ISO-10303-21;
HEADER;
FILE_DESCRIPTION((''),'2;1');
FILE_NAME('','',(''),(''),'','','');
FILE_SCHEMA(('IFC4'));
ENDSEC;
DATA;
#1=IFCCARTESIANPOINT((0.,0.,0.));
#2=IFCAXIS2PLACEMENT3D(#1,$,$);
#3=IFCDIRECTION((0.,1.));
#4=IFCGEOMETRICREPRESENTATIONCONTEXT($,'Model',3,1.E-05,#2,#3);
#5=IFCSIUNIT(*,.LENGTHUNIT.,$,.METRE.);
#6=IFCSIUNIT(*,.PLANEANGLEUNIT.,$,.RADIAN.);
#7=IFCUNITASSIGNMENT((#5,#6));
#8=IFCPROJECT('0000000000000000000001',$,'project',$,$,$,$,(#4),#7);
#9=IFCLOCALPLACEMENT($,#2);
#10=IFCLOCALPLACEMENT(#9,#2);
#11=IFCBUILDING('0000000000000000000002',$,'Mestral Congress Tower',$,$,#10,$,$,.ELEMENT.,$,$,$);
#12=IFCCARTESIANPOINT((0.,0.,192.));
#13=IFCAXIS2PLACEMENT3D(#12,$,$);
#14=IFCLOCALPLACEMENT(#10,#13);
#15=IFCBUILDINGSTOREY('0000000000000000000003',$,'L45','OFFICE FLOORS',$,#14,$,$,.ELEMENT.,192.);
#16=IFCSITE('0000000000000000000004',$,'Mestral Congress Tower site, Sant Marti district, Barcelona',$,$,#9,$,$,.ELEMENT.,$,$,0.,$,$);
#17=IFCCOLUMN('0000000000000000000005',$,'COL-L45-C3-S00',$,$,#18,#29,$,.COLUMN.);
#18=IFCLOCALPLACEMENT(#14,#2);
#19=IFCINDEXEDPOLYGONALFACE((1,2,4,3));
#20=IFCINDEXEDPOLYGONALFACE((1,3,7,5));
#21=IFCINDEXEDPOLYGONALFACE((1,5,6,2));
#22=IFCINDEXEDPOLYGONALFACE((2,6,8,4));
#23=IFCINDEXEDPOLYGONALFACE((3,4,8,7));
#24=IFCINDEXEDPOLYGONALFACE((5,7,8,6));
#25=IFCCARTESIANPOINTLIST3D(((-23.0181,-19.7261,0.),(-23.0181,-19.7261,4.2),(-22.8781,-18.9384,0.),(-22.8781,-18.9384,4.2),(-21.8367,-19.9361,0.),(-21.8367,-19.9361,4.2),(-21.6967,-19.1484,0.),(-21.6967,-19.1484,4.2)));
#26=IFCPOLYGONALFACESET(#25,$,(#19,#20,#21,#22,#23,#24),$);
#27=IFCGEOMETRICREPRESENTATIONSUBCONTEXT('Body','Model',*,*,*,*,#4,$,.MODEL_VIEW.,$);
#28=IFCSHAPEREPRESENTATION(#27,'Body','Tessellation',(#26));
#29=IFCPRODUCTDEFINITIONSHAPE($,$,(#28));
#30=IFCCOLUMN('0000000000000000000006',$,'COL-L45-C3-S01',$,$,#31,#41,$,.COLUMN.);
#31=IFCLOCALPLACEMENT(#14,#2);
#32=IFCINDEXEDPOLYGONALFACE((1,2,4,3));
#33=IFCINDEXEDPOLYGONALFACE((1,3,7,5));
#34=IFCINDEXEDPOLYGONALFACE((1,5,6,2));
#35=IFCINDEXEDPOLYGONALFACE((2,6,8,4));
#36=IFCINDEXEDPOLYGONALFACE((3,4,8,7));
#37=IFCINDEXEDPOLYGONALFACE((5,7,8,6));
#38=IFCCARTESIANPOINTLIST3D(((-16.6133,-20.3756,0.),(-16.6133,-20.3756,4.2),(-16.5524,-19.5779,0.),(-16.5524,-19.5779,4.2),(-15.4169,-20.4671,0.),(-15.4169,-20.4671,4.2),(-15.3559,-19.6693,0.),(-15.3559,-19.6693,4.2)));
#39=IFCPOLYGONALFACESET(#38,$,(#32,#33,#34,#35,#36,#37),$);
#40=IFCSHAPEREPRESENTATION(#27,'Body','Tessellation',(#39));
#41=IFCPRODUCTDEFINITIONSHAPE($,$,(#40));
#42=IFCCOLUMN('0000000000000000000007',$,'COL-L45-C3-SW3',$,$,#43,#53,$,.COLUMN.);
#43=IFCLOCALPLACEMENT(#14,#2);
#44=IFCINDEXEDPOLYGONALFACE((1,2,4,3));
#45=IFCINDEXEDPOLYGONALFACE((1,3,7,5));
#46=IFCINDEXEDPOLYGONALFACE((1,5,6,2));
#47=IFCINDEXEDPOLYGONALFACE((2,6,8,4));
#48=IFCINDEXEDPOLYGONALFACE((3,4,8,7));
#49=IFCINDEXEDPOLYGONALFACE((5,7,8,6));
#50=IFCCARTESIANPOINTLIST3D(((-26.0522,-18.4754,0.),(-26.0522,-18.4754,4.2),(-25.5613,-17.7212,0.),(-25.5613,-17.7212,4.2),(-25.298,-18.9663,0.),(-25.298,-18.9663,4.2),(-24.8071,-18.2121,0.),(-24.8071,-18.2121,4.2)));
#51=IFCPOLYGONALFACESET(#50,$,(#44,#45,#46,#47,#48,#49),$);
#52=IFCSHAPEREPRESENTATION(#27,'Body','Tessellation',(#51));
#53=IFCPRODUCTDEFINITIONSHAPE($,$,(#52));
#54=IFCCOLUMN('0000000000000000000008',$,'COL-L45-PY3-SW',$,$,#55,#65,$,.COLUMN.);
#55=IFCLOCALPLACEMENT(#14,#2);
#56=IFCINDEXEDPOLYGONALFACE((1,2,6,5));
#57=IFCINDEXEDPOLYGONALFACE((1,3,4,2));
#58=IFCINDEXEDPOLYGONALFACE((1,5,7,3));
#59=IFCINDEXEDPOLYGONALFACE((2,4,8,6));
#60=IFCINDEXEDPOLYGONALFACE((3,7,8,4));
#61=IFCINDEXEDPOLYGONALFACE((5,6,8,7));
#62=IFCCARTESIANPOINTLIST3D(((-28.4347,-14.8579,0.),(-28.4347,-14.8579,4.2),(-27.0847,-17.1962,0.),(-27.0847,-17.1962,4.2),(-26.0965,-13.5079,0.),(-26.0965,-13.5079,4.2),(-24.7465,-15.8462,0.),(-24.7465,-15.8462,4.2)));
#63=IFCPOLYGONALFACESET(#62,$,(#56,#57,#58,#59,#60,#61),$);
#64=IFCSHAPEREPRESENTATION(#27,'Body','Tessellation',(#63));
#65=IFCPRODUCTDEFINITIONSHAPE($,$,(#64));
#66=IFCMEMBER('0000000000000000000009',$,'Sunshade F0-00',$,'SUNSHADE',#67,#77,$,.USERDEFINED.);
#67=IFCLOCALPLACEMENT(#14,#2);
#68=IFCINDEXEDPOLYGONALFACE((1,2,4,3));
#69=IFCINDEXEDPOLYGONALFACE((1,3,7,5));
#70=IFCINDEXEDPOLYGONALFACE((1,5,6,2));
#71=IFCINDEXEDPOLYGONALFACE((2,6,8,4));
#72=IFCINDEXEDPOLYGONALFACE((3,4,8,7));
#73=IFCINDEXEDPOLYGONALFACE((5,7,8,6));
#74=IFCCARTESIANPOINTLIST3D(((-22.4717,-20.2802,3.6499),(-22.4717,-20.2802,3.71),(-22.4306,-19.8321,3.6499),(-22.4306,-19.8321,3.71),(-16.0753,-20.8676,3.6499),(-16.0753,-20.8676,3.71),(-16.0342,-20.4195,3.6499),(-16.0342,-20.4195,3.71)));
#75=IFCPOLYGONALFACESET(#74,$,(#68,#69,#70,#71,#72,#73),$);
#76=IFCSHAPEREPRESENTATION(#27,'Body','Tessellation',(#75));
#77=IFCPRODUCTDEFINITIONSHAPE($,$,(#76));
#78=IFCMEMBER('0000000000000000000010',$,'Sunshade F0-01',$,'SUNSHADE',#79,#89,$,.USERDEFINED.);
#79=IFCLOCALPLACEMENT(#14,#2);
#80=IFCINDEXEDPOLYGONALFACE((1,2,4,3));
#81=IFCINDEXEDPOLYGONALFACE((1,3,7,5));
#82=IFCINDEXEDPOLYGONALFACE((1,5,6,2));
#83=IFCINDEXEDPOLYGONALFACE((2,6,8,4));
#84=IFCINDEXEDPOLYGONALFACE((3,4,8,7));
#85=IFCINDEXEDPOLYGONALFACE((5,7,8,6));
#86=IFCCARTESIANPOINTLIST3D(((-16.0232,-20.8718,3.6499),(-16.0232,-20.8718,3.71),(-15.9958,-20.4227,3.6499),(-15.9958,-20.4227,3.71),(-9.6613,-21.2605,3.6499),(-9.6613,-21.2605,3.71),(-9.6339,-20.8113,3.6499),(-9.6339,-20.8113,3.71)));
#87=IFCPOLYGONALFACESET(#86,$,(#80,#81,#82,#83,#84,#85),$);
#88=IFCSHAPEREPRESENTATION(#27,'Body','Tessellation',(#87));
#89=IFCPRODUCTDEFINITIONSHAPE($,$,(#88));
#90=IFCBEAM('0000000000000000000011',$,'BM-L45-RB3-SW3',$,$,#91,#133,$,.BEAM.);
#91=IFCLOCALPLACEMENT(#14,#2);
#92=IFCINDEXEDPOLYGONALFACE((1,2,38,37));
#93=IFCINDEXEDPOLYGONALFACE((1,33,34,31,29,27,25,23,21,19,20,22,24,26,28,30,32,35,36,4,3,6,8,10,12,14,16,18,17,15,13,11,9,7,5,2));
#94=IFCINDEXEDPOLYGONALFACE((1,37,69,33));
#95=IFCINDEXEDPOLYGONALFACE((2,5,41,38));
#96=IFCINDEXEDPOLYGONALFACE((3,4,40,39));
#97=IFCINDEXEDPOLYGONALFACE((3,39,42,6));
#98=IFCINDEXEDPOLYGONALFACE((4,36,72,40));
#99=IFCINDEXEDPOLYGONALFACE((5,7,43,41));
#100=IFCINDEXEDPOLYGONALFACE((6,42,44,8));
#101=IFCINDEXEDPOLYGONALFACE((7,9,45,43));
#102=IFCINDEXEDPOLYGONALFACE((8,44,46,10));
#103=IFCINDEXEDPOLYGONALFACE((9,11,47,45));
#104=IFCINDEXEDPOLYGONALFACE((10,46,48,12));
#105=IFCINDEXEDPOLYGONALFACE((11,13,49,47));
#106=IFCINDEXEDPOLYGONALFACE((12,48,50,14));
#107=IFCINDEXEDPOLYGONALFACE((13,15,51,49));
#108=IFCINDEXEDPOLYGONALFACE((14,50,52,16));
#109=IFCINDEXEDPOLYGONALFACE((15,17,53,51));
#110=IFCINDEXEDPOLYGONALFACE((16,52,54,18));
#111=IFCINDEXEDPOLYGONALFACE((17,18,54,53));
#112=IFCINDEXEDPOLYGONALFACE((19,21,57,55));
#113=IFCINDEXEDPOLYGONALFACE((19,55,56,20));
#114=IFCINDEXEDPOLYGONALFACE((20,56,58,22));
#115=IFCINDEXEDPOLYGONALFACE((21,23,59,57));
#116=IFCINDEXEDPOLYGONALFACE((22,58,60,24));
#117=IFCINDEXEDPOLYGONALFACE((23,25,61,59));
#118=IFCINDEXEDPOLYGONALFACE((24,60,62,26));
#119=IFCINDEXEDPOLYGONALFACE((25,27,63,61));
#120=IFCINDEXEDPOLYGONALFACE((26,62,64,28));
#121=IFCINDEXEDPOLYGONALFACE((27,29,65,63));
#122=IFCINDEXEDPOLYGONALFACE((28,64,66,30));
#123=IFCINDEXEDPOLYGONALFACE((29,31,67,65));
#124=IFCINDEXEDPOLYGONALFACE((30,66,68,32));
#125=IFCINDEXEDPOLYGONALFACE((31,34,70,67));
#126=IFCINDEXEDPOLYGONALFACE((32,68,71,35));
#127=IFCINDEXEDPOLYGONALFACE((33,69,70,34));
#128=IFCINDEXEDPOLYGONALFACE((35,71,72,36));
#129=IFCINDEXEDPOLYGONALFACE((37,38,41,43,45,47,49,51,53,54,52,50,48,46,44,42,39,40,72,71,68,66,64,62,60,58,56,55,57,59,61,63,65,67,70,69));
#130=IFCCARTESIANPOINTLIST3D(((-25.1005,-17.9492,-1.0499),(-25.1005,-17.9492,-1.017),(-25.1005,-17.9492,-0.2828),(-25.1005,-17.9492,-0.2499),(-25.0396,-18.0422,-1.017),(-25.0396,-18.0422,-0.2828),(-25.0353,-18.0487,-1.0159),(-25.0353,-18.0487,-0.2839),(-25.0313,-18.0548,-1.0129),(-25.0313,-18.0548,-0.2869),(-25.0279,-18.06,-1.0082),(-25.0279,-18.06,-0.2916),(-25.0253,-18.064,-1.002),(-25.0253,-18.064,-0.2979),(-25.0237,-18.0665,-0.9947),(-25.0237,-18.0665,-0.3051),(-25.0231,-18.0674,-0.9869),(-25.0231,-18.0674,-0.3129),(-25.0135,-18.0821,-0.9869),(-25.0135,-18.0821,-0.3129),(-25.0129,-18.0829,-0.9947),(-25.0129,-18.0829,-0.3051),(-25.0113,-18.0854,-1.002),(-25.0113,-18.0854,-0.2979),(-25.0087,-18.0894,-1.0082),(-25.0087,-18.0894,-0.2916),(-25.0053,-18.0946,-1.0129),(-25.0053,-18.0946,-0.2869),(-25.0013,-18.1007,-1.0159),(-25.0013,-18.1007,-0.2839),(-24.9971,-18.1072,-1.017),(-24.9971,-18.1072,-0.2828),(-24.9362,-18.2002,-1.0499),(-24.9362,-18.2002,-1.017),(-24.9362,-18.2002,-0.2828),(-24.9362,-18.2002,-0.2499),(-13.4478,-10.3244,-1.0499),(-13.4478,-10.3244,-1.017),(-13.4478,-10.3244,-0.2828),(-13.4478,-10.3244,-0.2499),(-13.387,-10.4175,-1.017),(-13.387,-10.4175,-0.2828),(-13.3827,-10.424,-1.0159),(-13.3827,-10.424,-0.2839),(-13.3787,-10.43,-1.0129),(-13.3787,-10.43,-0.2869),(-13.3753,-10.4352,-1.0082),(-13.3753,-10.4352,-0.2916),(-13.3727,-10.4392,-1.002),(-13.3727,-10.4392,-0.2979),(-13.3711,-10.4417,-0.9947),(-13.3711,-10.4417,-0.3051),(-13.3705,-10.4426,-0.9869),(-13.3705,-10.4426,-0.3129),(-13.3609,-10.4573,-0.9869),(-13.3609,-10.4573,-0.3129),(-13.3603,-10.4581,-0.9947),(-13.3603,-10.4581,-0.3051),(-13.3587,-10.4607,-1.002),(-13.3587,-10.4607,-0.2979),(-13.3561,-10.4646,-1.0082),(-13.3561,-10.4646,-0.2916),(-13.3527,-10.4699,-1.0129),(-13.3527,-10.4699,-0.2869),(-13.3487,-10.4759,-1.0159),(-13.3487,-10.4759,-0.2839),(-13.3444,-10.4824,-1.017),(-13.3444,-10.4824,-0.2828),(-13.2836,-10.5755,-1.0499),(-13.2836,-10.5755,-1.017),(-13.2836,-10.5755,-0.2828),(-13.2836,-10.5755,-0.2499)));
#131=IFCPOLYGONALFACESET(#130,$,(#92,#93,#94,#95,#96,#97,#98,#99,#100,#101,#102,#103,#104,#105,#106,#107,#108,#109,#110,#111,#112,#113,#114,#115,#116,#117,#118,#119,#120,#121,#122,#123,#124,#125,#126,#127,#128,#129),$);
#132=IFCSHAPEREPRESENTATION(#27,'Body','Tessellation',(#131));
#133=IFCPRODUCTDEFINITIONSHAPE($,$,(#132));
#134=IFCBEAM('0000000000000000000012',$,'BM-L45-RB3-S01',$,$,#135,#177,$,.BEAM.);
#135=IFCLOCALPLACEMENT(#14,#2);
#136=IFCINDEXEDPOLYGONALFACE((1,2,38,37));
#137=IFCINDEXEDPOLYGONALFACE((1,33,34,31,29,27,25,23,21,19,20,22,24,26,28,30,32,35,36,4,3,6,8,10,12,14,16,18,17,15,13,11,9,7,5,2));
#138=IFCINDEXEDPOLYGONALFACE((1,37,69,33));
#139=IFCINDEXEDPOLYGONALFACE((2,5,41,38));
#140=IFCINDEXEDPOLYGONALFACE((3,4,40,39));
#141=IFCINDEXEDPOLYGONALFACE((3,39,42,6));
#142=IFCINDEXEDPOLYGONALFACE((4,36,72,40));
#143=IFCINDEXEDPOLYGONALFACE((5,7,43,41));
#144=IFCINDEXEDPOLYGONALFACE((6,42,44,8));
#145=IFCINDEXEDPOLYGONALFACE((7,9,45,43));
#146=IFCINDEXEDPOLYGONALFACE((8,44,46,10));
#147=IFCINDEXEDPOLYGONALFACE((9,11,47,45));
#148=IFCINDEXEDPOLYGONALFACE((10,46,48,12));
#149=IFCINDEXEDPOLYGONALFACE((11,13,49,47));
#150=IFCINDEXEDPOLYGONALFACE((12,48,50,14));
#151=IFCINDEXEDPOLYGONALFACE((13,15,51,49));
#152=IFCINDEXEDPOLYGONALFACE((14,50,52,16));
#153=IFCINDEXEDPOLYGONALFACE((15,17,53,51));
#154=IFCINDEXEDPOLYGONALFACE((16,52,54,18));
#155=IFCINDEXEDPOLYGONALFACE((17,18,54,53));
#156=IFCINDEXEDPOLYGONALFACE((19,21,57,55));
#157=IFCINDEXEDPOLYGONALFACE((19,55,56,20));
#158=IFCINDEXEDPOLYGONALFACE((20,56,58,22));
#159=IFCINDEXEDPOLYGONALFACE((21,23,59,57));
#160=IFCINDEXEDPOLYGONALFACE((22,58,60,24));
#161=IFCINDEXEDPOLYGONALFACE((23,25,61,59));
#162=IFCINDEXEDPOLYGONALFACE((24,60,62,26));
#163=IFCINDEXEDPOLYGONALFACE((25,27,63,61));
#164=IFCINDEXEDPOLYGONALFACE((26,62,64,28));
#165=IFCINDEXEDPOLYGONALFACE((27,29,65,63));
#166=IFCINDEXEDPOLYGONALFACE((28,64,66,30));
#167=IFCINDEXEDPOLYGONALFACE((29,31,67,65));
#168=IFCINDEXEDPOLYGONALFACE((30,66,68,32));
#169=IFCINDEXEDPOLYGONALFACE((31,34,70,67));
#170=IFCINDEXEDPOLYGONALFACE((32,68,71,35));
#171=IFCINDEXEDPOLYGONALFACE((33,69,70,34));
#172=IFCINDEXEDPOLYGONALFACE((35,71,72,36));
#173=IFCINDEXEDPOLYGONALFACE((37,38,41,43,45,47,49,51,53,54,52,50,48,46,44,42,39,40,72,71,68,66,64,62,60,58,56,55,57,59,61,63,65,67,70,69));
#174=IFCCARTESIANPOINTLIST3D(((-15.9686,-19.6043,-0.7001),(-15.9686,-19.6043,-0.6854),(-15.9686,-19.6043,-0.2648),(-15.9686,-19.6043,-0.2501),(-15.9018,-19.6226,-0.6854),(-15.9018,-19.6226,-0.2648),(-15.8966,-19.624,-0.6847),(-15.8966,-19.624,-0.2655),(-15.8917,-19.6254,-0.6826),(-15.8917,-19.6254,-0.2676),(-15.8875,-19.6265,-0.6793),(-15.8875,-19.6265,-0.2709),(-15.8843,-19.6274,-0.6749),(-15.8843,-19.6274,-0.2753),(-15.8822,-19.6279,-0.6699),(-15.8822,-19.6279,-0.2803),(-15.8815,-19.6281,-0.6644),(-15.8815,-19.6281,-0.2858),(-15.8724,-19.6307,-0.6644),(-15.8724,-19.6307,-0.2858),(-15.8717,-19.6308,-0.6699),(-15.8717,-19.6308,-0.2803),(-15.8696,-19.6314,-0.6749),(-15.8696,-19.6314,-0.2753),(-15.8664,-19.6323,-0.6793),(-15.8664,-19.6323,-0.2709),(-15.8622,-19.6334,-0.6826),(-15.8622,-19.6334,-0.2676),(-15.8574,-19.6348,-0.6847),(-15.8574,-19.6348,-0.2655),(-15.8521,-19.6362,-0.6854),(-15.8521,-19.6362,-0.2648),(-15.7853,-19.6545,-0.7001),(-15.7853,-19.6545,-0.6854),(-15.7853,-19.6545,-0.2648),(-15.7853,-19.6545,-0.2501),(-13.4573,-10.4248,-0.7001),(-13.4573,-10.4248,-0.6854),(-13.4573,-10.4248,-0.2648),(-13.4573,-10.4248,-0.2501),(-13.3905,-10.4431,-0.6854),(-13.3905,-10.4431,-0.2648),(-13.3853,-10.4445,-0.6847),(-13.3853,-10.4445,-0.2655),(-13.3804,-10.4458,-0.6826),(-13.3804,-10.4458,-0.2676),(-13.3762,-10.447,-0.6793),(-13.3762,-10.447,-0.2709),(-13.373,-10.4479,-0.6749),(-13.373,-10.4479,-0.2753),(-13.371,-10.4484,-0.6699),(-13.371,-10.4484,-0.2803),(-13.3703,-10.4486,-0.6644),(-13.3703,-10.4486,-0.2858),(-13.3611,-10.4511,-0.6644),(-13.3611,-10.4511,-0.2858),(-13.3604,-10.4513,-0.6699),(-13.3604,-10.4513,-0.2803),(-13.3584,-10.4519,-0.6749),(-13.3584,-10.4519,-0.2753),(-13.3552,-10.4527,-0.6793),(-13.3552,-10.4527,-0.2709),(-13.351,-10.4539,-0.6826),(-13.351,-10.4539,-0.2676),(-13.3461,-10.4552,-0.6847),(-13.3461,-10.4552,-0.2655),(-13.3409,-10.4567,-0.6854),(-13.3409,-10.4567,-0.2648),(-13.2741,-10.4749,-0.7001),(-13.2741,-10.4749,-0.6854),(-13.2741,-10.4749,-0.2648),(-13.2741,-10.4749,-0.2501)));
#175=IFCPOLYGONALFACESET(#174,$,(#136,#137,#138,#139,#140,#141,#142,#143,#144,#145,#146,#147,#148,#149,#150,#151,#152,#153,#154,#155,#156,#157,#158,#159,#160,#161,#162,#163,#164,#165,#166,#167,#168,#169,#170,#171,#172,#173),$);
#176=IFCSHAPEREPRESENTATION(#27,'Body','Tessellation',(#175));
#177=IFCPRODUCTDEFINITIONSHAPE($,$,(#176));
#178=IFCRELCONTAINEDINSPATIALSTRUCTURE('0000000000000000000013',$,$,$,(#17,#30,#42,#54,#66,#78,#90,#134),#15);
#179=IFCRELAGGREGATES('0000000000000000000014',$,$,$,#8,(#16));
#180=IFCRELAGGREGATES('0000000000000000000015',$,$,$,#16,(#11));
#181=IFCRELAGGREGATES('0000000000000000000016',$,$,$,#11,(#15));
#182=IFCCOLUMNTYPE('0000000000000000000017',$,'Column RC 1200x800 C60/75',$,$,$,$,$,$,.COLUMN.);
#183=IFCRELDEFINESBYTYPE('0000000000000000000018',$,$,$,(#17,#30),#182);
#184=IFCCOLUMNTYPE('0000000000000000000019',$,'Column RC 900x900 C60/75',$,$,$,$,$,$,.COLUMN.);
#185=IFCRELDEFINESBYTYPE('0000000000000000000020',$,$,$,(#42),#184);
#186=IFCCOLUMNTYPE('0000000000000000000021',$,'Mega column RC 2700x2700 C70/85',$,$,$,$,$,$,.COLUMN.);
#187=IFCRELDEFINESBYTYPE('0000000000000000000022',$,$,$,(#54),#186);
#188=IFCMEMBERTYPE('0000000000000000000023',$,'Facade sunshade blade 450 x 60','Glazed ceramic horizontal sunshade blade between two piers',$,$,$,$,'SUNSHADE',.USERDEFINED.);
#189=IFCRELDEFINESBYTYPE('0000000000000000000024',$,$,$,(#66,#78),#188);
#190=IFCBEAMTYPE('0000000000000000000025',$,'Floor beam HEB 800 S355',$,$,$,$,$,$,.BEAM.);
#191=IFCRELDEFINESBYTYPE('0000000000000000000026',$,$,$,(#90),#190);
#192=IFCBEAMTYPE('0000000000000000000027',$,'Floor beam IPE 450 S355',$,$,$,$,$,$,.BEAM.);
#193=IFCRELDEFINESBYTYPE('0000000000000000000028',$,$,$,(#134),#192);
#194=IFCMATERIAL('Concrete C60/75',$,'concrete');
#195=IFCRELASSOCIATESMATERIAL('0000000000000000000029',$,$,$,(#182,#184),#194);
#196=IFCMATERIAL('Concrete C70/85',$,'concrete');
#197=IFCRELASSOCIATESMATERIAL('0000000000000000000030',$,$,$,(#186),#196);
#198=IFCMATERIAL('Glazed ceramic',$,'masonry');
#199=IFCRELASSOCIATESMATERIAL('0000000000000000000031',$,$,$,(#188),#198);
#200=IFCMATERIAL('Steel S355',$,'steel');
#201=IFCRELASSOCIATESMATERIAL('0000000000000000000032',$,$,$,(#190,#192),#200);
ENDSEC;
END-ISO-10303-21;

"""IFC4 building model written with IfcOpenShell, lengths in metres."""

from ifc_helpers import new_model, si_unit, direction, frame, origin, origin_2d, place, context, subcontext, project, spatial, rectangle, i_section, extrude, material, material_profile, profile_set, type_object, element, save


model = new_model("IFC4")

# Units and contexts
model_context = context("Model", 3, precision=1e-05, world=origin(), true_north=direction((0.0, 1.0)))
body_context = subcontext(model_context, "Body", "Model", "MODEL_VIEW")
ifc_project = project(units=[si_unit("LENGTHUNIT", "METRE"), si_unit("PLANEANGLEUNIT", "RADIAN")], contexts=[model_context])

# Site, building, storey
site_placement = place(None, origin())
site = spatial("IfcSite", under=ifc_project, at=site_placement, Name="Mestral Congress Tower site, Sant Marti district, Barcelona", CompositionType="ELEMENT", RefElevation=0.0)
building_placement = place(site_placement, origin())
building = spatial("IfcBuilding", under=site, at=building_placement, Name="Mestral Congress Tower", CompositionType="ELEMENT")
storey_placement = place(building_placement, frame((0.0, 0.0, 192.0)))
storey = spatial("IfcBuildingStorey", under=building, at=storey_placement, Name="L45", Description="OFFICE FLOORS", CompositionType="ELEMENT", Elevation=192.0)

# Columns
ifc_material_1 = material(Name="Concrete C60/75", Category="concrete")
ifc_material_profile_1 = material_profile(ifc_material_1, rectangle(XDim=1.2, YDim=0.8, at=origin_2d()), Name="RC 1200x800")
ifc_profile_set_1 = profile_set([ifc_material_profile_1], Name="Concrete C60/75")
column_type_1 = type_object("IfcColumnType", Name="Column RC 1200x800 C60/75", PredefinedType="COLUMN", material=ifc_profile_set_1)
for number, where, z_axis, x_axis, name in (
    (1, (-22.3574, -19.4373, 0.0), (0.0, 0.0, 1.0), (0.984571, -0.174985, 0.0), "COL-L45-C3-S00"),
    (2, (-15.9846, -20.0225, 0.0), (0.0, 0.0, 1.0), (0.99709, -0.076237, 0.0), "COL-L45-C3-S01"),
):
    element("IfcColumn", number, at=place(storey_placement, frame(where, z_axis=z_axis, x_axis=x_axis)), inside=storey, type_object=column_type_1, Name=name, PredefinedType="COLUMN", context=body_context, shape_type="SweptSolid", body=[
        extrude(rectangle(XDim=1.2, YDim=0.8, at=origin_2d()), origin(), (0.0, 0.0, 1.0), 4.2),
    ])
ifc_material_profile_2 = material_profile(ifc_material_1, rectangle(XDim=0.8999, YDim=0.8999, at=origin_2d()), Name="RC 900x900")
ifc_profile_set_2 = profile_set([ifc_material_profile_2], Name="Concrete C60/75")
column_type_2 = type_object("IfcColumnType", Name="Column RC 900x900 C60/75", PredefinedType="COLUMN", material=ifc_profile_set_2)
column_1_placement = place(storey_placement, frame((-25.4297, -18.3438, 0.0), z_axis=(0.0, 0.0, 1.0), x_axis=(0.838094, -0.545526, 0.0)))
element("IfcColumn", 3, at=column_1_placement, inside=storey, type_object=column_type_2, Name="COL-L45-C3-SW3", PredefinedType="COLUMN", context=body_context, shape_type="SweptSolid", body=[
    extrude(rectangle(XDim=0.8999, YDim=0.8999, at=origin_2d()), origin(), (0.0, 0.0, 1.0), 4.2),
])
ifc_material_2 = material(Name="Concrete C70/85", Category="concrete")
ifc_material_profile_3 = material_profile(ifc_material_2, rectangle(XDim=2.7, YDim=2.7, at=origin_2d()), Name="RC 2700x2700")
ifc_profile_set_3 = profile_set([ifc_material_profile_3], Name="Concrete C70/85")
column_type_3 = type_object("IfcColumnType", Name="Mega column RC 2700x2700 C70/85", PredefinedType="COLUMN", material=ifc_profile_set_3)
column_2_placement = place(storey_placement, frame((-26.5906, -15.3521, 0.0), z_axis=(0.0, 0.0, 1.0), x_axis=(-0.866025, -0.5, 0.0)))
element("IfcColumn", 4, at=column_2_placement, inside=storey, type_object=column_type_3, Name="COL-L45-PY3-SW", PredefinedType="COLUMN", context=body_context, shape_type="SweptSolid", body=[
    extrude(rectangle(XDim=2.7, YDim=2.7, at=origin_2d()), origin(), (0.0, 0.0, 1.0), 4.2),
])

# Members
ifc_material_3 = material(Name="Glazed ceramic", Category="masonry")
ifc_material_profile_4 = material_profile(ifc_material_3, rectangle(XDim=0.45, YDim=0.0601, at=origin_2d()), Name="Ceramic blade 450 x 60")
ifc_profile_set_4 = profile_set([ifc_material_profile_4], Name="Glazed ceramic")
member_type = type_object("IfcMemberType", Name="Facade sunshade blade 450 x 60", Description="Glazed ceramic horizontal sunshade blade between two piers", ElementType="SUNSHADE", PredefinedType="USERDEFINED", material=ifc_profile_set_4)
member_1_placement = place(storey_placement, frame((-22.4512, -20.0562, 3.6799), z_axis=(0.99581, -0.091447, 0.0), x_axis=(0.091447, 0.99581, 0.0)))
element("IfcMember", 5, at=member_1_placement, inside=storey, type_object=member_type, Name="Sunshade F0-00", ObjectType="SUNSHADE", PredefinedType="USERDEFINED", context=body_context, shape_type="SweptSolid", body=[
    extrude(rectangle(XDim=0.45, YDim=0.0601, at=origin_2d()), origin(), (0.0, 0.0, 1.0), 6.4233),
])
member_2_placement = place(storey_placement, frame((-16.0095, -20.6472, 3.6799), z_axis=(0.998139, -0.060981, 0.0), x_axis=(0.060981, 0.998139, 0.0)))
element("IfcMember", 6, at=member_2_placement, inside=storey, type_object=member_type, Name="Sunshade F0-01", ObjectType="SUNSHADE", PredefinedType="USERDEFINED", context=body_context, shape_type="SweptSolid", body=[
    extrude(rectangle(XDim=0.45, YDim=0.0601, at=origin_2d()), origin(), (0.0, 0.0, 1.0), 6.3738),
])

# Beams
ifc_material_4 = material(Name="Steel S355", Category="steel")
ifc_material_profile_5 = material_profile(ifc_material_4, i_section(OverallWidth=0.3, OverallDepth=0.8, WebThickness=0.0176, FlangeThickness=0.033, FilletRadius=0.03, at=origin_2d()), Name="HEB 800")
ifc_profile_set_5 = profile_set([ifc_material_profile_5], Name="Steel S355")
beam_type_1 = type_object("IfcBeamType", Name="Floor beam HEB 800 S355", PredefinedType="BEAM", material=ifc_profile_set_5)
beam_1_placement = place(storey_placement, frame((-25.0183, -18.0747, -0.6499), z_axis=(0.83678, 0.547539, 0.0), x_axis=(-0.547539, 0.83678, 0.0)))
element("IfcBeam", 7, at=beam_1_placement, inside=storey, type_object=beam_type_1, Name="BM-L45-RB3-SW3", PredefinedType="BEAM", context=body_context, shape_type="SweptSolid", body=[
    extrude(i_section(OverallWidth=0.3, OverallDepth=0.8, WebThickness=0.0176, FlangeThickness=0.033, FilletRadius=0.03, at=origin_2d()), origin(), (0.0, 0.0, 1.0), 13.9255),
])
ifc_material_profile_6 = material_profile(ifc_material_4, i_section(OverallWidth=0.1899, OverallDepth=0.45, WebThickness=0.0095, FlangeThickness=0.0146, FilletRadius=0.021, at=origin_2d()), Name="IPE 450")
ifc_profile_set_6 = profile_set([ifc_material_profile_6], Name="Steel S355")
beam_type_2 = type_object("IfcBeamType", Name="Floor beam IPE 450 S355", PredefinedType="BEAM", material=ifc_profile_set_6)
beam_2_placement = place(storey_placement, frame((-15.877, -19.6294, -0.4751), z_axis=(0.263875, 0.964557, 0.0), x_axis=(-0.964557, 0.263875, 0.0)))
element("IfcBeam", 8, at=beam_2_placement, inside=storey, type_object=beam_type_2, Name="BM-L45-RB3-S01", PredefinedType="BEAM", context=body_context, shape_type="SweptSolid", body=[
    extrude(i_section(OverallWidth=0.1899, OverallDepth=0.45, WebThickness=0.0095, FlangeThickness=0.0146, FilletRadius=0.021, at=origin_2d()), origin(), (0.0, 0.0, 1.0), 9.5168),
])

save(model, "model.ifc")
